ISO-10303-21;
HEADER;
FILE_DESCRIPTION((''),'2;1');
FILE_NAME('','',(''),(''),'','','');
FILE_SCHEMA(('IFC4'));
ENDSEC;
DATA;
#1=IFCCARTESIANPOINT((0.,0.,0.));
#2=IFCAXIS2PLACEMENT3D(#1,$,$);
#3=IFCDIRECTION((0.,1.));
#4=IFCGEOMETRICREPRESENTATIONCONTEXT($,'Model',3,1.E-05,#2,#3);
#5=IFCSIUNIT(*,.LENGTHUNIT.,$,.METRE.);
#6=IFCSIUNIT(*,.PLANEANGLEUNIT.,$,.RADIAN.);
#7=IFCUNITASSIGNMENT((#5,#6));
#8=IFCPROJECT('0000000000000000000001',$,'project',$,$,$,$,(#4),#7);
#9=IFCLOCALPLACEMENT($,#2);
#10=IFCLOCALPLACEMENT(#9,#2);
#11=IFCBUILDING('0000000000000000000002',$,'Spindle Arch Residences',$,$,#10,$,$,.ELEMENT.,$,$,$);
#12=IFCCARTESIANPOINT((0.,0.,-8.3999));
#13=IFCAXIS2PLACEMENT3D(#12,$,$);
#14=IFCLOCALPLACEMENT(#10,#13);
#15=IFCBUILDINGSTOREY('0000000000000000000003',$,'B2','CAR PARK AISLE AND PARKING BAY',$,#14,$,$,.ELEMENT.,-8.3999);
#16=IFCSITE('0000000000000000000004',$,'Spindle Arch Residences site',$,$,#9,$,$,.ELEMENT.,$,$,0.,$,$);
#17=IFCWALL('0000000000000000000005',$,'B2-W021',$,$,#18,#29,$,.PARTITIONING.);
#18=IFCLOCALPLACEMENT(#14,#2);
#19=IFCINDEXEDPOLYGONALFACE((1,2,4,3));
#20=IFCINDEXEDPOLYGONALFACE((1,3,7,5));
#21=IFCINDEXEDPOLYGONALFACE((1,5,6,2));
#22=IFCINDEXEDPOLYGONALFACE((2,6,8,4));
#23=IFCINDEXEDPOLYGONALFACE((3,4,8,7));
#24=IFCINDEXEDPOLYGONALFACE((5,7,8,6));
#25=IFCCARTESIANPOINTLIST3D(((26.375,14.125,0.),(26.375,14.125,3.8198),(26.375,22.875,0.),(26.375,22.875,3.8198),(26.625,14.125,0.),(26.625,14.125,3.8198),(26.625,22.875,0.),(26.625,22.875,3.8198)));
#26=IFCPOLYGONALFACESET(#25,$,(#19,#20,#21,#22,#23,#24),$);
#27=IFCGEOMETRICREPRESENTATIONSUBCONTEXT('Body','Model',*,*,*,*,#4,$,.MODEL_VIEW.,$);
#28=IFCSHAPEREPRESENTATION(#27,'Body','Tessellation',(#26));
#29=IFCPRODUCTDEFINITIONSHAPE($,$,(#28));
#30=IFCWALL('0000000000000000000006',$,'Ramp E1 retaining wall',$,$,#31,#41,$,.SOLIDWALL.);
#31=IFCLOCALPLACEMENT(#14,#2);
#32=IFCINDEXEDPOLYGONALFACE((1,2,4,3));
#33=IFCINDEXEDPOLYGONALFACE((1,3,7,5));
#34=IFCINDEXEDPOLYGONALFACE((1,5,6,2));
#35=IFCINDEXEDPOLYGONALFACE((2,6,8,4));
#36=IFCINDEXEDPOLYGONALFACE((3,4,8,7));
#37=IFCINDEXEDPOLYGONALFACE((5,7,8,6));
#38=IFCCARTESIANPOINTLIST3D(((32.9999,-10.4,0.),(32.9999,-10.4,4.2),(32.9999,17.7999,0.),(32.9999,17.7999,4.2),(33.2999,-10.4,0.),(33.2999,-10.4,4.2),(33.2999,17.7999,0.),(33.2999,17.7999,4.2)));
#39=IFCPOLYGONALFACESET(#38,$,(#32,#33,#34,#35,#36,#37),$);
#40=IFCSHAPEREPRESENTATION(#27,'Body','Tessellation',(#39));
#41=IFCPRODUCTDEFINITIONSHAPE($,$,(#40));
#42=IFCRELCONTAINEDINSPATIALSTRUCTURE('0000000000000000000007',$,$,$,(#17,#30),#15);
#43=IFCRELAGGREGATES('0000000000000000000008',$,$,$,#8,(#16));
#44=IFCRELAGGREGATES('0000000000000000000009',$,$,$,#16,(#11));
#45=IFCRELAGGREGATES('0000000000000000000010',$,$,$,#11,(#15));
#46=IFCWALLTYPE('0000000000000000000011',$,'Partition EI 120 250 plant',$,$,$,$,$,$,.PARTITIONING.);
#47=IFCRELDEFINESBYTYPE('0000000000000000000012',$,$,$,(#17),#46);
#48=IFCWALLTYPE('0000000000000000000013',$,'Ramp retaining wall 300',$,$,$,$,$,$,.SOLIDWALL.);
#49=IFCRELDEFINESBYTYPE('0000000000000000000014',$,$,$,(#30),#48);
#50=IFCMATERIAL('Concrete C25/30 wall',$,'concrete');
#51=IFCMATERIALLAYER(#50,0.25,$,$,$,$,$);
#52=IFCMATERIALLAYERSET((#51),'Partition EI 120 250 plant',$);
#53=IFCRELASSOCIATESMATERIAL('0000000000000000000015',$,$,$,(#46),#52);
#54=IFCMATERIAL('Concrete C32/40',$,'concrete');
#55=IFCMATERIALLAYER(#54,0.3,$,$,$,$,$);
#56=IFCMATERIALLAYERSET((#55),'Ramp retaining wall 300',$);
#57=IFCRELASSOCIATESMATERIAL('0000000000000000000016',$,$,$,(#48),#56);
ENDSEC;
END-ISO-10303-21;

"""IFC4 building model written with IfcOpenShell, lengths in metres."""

from ifc_helpers import new_model, si_unit, direction, frame, frame_2d, origin, place, context, subcontext, project, spatial, rectangle, extrude, material, layer, layer_set, type_object, element, save


model = new_model("IFC4")

# Units and contexts
model_context = context("Model", 3, precision=1e-05, world=origin(), true_north=direction((0.0, 1.0)))
body_context = subcontext(model_context, "Body", "Model", "MODEL_VIEW")
ifc_project = project(units=[si_unit("LENGTHUNIT", "METRE"), si_unit("PLANEANGLEUNIT", "RADIAN")], contexts=[model_context])

# Site, building, storey
site_placement = place(None, origin())
site = spatial("IfcSite", under=ifc_project, at=site_placement, Name="Spindle Arch Residences site", CompositionType="ELEMENT", RefElevation=0.0)
building_placement = place(site_placement, origin())
building = spatial("IfcBuilding", under=site, at=building_placement, Name="Spindle Arch Residences", CompositionType="ELEMENT")
storey_placement = place(building_placement, frame((0.0, 0.0, -8.3999)))
storey = spatial("IfcBuildingStorey", under=building, at=storey_placement, Name="B2", Description="CAR PARK AISLE AND PARKING BAY", CompositionType="ELEMENT", Elevation=-8.3999)

# Shared definitions
ifc_material_1 = material(Name="Concrete C25/30 wall", Category="concrete")
ifc_layer_1 = layer(ifc_material_1, 0.25)
ifc_layer_set_1 = layer_set([ifc_layer_1], Name="Partition EI 120 250 plant")
wall_type_1 = type_object("IfcWallType", Name="Partition EI 120 250 plant", PredefinedType="PARTITIONING", material=ifc_layer_set_1)

# Walls
wall_1_placement = place(storey_placement, frame((26.5, 22.875, 0.0), z_axis=(0.0, 0.0, 1.0), x_axis=(0.0, -1.0, 0.0)))
element("IfcWall", 1, at=wall_1_placement, inside=storey, type_object=wall_type_1, Name="B2-W021", PredefinedType="PARTITIONING", context=body_context, shape_type="SweptSolid", body=[
    extrude(rectangle(XDim=8.75, YDim=0.25, at=frame_2d((4.375, 0.0))), origin(), (0.0, 0.0, 1.0), 3.8198),
])
ifc_material_2 = material(Name="Concrete C32/40", Category="concrete")
ifc_layer_2 = layer(ifc_material_2, 0.3)
ifc_layer_set_2 = layer_set([ifc_layer_2], Name="Ramp retaining wall 300")
wall_type_2 = type_object("IfcWallType", Name="Ramp retaining wall 300", PredefinedType="SOLIDWALL", material=ifc_layer_set_2)
wall_2_placement = place(storey_placement, frame((33.1499, 17.8, 0.0), z_axis=(0.0, 0.0, 1.0), x_axis=(0.0, -1.0, 0.0)))
element("IfcWall", 2, at=wall_2_placement, inside=storey, type_object=wall_type_2, Name="Ramp E1 retaining wall", PredefinedType="SOLIDWALL", context=body_context, shape_type="SweptSolid", body=[
    extrude(rectangle(XDim=28.2, YDim=0.3, at=frame_2d((14.1001, 0.0))), origin(), (0.0, 0.0, 1.0), 4.2),
])

save(model, "model.ifc")
